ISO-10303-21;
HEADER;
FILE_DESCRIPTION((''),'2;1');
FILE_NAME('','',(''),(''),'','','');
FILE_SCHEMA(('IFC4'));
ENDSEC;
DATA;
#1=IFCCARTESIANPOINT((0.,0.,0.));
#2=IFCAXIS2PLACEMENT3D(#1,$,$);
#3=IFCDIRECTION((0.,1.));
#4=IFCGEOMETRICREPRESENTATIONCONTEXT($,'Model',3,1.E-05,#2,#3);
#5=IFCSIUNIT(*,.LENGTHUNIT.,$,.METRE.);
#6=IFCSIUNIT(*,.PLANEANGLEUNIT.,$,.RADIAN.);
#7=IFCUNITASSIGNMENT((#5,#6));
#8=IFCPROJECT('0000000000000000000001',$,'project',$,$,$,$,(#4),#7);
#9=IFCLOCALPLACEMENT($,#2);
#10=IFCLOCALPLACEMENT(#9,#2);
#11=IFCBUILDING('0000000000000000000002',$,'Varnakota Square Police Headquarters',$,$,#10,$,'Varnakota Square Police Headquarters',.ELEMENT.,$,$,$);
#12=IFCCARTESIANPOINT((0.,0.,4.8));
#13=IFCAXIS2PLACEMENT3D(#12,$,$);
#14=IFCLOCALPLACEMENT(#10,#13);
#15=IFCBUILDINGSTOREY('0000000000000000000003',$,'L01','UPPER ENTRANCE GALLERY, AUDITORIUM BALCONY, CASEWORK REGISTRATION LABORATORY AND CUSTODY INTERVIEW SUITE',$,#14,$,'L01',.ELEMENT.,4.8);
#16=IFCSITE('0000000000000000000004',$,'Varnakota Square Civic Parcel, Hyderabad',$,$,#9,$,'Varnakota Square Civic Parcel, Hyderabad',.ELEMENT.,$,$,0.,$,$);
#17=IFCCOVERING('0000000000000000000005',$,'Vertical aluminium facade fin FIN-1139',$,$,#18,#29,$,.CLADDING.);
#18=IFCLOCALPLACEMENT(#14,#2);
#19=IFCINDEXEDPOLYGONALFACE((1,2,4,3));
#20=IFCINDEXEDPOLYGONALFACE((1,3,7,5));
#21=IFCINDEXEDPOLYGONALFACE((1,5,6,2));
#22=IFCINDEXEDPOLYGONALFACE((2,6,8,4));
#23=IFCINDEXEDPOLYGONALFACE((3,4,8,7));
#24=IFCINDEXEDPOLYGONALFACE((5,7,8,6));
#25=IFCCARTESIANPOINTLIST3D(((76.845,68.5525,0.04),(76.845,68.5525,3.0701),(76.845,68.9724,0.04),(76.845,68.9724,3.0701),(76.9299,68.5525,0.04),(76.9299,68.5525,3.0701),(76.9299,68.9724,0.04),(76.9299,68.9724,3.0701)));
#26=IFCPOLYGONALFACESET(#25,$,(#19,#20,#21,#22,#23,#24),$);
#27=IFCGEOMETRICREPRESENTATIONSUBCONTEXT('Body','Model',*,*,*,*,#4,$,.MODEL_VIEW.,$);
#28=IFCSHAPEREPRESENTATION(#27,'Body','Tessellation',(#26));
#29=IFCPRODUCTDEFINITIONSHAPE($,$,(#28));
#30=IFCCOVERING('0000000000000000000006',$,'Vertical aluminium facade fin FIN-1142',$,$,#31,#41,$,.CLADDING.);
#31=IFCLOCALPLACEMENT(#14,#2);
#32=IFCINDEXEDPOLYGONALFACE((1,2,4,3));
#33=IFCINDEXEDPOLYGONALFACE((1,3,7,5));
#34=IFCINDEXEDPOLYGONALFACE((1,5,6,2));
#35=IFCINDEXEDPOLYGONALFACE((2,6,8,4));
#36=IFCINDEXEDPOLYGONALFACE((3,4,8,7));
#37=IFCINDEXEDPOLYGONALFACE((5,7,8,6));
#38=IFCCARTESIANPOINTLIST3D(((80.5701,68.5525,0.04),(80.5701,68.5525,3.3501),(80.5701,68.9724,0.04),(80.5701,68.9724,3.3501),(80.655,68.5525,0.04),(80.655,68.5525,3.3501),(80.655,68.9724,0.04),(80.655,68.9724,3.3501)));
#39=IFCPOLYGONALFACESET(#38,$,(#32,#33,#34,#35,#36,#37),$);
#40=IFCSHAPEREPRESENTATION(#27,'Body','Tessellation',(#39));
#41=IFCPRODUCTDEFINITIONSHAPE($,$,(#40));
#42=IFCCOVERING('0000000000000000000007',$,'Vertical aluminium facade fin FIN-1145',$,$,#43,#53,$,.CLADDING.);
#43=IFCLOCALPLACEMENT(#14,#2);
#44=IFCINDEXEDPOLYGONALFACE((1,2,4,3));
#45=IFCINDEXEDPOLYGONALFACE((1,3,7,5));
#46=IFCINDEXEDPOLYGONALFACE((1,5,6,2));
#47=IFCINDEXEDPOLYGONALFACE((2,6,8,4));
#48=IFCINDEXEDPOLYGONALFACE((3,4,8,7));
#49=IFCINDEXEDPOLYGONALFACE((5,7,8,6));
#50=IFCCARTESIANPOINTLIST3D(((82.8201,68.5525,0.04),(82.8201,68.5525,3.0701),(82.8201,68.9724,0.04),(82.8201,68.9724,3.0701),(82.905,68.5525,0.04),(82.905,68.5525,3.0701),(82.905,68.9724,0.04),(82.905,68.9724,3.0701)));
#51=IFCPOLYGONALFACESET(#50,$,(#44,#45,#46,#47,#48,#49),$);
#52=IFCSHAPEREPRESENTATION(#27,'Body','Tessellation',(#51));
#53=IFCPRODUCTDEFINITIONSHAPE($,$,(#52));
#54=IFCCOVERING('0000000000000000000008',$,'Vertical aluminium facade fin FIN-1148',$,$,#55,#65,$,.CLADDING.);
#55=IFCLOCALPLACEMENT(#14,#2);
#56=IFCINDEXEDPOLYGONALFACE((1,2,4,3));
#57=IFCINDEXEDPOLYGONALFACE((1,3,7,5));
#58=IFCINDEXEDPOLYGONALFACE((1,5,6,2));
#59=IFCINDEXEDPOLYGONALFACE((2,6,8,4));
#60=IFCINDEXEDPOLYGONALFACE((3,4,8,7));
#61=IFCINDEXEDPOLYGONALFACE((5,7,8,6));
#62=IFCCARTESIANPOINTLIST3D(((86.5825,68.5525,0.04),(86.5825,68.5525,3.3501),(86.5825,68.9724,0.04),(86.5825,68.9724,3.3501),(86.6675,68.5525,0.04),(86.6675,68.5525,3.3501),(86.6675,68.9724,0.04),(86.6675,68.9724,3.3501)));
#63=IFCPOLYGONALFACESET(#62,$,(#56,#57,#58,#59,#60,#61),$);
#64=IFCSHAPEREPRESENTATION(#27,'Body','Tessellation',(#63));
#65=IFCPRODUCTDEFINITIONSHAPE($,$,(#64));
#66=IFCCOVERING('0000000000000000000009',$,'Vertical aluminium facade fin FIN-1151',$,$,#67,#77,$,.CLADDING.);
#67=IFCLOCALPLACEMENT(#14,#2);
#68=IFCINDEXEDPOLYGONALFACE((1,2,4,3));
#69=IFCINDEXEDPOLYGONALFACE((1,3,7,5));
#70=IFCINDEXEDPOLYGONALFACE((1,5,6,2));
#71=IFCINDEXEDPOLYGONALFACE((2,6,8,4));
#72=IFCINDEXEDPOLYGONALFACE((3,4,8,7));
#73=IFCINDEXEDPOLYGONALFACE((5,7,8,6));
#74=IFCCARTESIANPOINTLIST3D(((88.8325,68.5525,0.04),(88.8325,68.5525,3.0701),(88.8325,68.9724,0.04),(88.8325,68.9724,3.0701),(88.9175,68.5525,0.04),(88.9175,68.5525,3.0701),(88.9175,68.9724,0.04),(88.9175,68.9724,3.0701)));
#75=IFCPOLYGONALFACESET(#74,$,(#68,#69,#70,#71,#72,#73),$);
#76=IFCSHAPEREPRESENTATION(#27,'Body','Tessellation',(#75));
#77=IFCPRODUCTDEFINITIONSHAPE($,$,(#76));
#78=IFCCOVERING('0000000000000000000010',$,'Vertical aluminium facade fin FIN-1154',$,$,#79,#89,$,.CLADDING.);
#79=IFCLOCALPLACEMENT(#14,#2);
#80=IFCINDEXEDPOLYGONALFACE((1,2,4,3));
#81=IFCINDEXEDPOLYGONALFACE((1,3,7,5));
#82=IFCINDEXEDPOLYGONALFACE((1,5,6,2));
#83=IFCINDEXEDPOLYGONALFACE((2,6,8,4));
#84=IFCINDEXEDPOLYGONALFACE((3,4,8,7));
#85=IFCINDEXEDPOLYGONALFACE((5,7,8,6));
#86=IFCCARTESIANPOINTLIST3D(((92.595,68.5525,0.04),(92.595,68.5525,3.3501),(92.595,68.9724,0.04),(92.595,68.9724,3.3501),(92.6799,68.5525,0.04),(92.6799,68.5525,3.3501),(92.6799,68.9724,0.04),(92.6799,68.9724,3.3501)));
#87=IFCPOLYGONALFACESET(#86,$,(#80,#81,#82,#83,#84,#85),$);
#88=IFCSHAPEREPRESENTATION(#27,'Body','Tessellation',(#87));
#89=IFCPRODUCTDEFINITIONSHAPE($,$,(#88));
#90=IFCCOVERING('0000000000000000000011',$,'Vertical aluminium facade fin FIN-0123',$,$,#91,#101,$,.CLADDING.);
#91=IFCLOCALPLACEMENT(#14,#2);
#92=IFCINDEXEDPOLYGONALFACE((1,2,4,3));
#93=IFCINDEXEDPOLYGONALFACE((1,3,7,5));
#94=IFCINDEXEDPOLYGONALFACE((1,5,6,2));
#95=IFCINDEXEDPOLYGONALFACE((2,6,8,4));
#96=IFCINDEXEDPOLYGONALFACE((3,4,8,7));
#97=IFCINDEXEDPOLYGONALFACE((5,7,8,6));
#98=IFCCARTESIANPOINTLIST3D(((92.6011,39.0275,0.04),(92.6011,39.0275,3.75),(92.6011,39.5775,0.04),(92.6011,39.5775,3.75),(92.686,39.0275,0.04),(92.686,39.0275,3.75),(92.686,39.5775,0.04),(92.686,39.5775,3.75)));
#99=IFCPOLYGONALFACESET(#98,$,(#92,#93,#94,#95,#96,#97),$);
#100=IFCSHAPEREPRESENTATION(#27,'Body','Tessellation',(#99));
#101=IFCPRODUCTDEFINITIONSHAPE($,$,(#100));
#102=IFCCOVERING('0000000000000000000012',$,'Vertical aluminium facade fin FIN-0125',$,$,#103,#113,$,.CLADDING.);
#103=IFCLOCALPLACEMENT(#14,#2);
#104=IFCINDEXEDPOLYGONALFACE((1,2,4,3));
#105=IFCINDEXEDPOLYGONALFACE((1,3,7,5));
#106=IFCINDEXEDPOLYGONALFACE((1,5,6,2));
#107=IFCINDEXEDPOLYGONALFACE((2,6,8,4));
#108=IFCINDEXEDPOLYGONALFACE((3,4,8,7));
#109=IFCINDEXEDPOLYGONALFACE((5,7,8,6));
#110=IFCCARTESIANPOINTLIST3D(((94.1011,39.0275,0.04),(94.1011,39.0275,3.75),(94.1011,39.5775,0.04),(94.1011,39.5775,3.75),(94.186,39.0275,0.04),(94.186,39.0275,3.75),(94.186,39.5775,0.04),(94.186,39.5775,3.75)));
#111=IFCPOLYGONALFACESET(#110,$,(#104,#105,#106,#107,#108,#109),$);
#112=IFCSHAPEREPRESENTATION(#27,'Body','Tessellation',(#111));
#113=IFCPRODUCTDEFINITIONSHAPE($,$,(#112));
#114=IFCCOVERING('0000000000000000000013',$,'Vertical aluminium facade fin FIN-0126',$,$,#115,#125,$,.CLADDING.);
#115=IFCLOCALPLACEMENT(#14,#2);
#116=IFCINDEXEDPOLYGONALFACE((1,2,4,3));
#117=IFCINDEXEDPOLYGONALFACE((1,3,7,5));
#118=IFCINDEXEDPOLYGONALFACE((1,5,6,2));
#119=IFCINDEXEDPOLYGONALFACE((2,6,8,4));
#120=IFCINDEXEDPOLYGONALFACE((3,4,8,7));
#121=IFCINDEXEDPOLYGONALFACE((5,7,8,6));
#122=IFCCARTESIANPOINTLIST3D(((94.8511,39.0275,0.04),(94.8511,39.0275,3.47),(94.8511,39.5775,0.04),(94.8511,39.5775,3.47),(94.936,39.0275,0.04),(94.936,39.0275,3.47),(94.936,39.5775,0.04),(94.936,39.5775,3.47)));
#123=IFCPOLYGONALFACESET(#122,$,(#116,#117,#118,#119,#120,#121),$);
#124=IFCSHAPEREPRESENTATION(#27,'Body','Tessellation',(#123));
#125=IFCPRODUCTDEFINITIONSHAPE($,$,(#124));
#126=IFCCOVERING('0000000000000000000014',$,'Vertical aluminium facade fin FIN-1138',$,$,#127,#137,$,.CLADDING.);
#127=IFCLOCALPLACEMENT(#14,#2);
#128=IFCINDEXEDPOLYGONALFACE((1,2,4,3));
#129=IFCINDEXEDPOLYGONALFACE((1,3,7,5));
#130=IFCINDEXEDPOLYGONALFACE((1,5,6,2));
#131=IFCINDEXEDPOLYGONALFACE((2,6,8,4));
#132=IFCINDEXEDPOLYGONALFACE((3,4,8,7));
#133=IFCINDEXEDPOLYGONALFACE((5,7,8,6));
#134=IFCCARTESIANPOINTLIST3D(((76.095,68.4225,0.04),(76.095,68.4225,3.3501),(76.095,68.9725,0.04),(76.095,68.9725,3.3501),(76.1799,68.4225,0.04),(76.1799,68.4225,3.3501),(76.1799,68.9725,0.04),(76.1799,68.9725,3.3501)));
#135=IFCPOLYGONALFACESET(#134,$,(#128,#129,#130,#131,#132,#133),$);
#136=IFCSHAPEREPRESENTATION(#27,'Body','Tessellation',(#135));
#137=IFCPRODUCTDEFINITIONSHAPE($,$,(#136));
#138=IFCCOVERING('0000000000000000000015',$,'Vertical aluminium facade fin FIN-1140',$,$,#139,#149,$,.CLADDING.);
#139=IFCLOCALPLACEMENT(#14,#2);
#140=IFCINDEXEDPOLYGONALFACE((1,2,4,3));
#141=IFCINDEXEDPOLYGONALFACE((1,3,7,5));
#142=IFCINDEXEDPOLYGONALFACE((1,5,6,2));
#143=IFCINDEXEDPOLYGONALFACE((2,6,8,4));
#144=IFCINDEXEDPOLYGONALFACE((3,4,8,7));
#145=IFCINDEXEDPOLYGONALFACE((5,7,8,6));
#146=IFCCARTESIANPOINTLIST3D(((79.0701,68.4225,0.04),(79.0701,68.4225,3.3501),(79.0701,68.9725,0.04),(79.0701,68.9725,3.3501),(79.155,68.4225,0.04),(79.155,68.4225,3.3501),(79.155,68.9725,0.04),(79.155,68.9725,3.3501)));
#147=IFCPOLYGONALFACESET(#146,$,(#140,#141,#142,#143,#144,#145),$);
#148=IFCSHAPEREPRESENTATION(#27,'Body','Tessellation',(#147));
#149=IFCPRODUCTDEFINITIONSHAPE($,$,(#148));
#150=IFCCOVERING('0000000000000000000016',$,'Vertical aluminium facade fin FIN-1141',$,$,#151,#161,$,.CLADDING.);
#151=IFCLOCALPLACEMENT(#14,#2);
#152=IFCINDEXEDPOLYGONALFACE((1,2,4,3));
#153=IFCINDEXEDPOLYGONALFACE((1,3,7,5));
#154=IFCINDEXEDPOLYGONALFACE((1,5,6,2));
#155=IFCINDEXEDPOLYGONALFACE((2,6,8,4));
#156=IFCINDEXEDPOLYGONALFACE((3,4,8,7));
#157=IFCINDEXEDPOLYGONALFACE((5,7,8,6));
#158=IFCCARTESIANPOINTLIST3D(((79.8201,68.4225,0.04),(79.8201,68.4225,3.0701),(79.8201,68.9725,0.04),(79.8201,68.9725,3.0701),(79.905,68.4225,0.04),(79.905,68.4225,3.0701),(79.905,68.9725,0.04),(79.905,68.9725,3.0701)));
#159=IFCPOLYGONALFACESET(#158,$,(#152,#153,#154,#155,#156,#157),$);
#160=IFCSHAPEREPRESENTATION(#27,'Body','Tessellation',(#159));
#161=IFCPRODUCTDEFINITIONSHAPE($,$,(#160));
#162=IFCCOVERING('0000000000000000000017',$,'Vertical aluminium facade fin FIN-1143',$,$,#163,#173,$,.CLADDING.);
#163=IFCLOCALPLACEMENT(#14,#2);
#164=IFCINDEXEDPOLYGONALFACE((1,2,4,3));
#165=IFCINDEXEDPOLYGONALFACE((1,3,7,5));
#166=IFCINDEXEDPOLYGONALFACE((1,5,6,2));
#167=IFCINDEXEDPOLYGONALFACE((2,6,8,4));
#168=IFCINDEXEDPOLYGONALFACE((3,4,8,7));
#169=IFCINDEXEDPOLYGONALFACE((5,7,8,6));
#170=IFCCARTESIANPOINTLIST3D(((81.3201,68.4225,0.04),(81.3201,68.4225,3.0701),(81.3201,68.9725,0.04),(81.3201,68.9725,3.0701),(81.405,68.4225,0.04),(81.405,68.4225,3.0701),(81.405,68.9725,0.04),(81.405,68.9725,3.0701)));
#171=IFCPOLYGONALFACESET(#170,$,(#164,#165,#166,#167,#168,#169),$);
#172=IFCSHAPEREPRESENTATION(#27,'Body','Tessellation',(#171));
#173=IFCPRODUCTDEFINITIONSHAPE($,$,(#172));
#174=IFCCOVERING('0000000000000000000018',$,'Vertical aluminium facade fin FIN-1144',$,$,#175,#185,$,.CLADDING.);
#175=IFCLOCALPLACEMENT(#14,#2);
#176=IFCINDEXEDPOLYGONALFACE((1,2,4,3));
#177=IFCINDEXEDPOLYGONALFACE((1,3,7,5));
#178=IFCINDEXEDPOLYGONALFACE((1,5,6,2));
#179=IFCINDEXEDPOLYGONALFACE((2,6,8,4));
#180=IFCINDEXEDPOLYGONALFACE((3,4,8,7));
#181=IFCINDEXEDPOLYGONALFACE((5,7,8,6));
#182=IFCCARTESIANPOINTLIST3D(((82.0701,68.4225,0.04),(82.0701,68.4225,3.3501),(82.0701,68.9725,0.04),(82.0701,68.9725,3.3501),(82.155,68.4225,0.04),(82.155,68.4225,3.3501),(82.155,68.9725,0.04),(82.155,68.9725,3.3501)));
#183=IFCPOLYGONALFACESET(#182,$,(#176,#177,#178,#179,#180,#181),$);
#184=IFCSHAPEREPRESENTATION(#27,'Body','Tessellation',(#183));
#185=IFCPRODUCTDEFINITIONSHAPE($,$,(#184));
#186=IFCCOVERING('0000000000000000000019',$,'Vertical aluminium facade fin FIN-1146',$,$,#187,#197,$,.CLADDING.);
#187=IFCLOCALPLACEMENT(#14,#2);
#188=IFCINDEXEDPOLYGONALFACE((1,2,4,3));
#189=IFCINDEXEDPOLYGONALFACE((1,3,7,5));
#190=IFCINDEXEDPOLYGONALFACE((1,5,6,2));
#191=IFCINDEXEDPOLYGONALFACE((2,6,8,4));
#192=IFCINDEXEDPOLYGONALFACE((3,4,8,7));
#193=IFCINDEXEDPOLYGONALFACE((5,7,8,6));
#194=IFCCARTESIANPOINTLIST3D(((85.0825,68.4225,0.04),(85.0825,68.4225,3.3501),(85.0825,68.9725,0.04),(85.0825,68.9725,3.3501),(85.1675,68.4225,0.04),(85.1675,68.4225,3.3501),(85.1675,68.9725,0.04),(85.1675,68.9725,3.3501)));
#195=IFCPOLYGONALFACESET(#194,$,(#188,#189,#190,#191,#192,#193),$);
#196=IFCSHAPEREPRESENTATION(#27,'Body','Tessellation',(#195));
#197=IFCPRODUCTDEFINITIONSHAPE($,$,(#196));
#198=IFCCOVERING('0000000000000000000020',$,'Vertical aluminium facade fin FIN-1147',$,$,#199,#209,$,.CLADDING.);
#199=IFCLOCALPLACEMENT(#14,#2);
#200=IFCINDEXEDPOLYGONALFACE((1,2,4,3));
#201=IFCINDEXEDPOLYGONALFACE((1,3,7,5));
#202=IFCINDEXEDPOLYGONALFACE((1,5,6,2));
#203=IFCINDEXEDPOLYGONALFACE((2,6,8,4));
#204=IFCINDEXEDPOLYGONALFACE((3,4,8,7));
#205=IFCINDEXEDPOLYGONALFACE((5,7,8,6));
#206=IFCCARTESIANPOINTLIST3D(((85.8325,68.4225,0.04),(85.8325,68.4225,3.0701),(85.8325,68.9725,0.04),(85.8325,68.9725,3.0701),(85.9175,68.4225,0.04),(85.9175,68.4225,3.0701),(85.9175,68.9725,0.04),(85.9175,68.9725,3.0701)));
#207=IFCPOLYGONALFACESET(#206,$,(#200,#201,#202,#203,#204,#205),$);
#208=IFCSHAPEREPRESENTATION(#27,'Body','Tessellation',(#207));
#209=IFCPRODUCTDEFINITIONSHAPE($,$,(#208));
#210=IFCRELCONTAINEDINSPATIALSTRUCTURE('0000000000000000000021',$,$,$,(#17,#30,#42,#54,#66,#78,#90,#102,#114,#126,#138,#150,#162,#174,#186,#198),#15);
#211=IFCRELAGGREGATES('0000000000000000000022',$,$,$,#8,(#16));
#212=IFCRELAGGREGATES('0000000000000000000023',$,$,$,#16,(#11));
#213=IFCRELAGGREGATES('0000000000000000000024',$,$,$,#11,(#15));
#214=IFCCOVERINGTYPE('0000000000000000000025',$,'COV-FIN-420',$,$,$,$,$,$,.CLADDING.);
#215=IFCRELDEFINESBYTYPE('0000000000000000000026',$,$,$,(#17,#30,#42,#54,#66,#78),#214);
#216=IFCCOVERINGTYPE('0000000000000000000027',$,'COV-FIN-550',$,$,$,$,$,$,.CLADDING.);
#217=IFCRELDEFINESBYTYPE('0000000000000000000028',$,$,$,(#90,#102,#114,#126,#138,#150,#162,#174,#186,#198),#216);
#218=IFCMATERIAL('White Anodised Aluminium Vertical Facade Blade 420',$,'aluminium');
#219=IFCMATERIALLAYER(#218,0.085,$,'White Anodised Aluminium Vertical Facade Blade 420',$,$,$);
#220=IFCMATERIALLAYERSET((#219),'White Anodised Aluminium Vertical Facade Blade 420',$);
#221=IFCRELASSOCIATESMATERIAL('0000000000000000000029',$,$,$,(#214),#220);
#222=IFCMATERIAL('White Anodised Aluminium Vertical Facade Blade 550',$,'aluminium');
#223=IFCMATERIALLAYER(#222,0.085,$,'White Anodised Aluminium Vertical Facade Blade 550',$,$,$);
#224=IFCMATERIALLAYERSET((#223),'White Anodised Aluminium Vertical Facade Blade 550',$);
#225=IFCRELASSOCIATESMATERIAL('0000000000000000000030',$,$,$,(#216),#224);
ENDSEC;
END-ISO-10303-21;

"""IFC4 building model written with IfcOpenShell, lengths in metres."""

from ifc_helpers import new_model, si_unit, direction, frame, origin, origin_2d, place, context, subcontext, project, spatial, rectangle, extrude, material, layer, layer_set, type_object, element, save


model = new_model("IFC4")

# Units and contexts
model_context = context("Model", 3, precision=1e-05, world=origin(), true_north=direction((0.0, 1.0)))
body_context = subcontext(model_context, "Body", "Model", "MODEL_VIEW")
ifc_project = project(units=[si_unit("LENGTHUNIT", "METRE"), si_unit("PLANEANGLEUNIT", "RADIAN")], contexts=[model_context])

# Site, building, storey
site_placement = place(None, origin())
site = spatial("IfcSite", under=ifc_project, at=site_placement, Name="Varnakota Square Civic Parcel, Hyderabad", LongName="Varnakota Square Civic Parcel, Hyderabad", CompositionType="ELEMENT", RefElevation=0.0)
building_placement = place(site_placement, origin())
building = spatial("IfcBuilding", under=site, at=building_placement, Name="Varnakota Square Police Headquarters", LongName="Varnakota Square Police Headquarters", CompositionType="ELEMENT")
storey_placement = place(building_placement, frame((0.0, 0.0, 4.8)))
storey = spatial("IfcBuildingStorey", under=building, at=storey_placement, Name="L01", Description="UPPER ENTRANCE GALLERY, AUDITORIUM BALCONY, CASEWORK REGISTRATION LABORATORY AND CUSTODY INTERVIEW SUITE", LongName="L01", CompositionType="ELEMENT", Elevation=4.8)

# Coverings
ifc_material_1 = material(Name="White Anodised Aluminium Vertical Facade Blade 420", Category="aluminium")
ifc_layer_1 = layer(ifc_material_1, 0.085, Name="White Anodised Aluminium Vertical Facade Blade 420")
ifc_layer_set_1 = layer_set([ifc_layer_1], Name="White Anodised Aluminium Vertical Facade Blade 420")
covering_type_1 = type_object("IfcCoveringType", Name="COV-FIN-420", PredefinedType="CLADDING", material=ifc_layer_set_1)
covering_1_placement = place(storey_placement, frame((76.8875, 68.7625, 0.04), z_axis=(0.0, 0.0, 1.0), x_axis=(1.0, 0.0, 0.0)))
element("IfcCovering", 1, at=covering_1_placement, inside=storey, type_object=covering_type_1, Name="Vertical aluminium facade fin FIN-1139", PredefinedType="CLADDING", context=body_context, shape_type="SweptSolid", body=[
    extrude(rectangle(XDim=0.085, YDim=0.4199, at=origin_2d()), origin(), (0.0, 0.0, 1.0), 3.03),
])
covering_2_placement = place(storey_placement, frame((80.6125, 68.7625, 0.04), z_axis=(0.0, 0.0, 1.0), x_axis=(1.0, 0.0, 0.0)))
element("IfcCovering", 2, at=covering_2_placement, inside=storey, type_object=covering_type_1, Name="Vertical aluminium facade fin FIN-1142", PredefinedType="CLADDING", context=body_context, shape_type="SweptSolid", body=[
    extrude(rectangle(XDim=0.085, YDim=0.4199, at=origin_2d()), origin(), (0.0, 0.0, 1.0), 3.3101),
])
covering_3_placement = place(storey_placement, frame((82.8625, 68.7625, 0.04), z_axis=(0.0, 0.0, 1.0), x_axis=(1.0, 0.0, 0.0)))
element("IfcCovering", 3, at=covering_3_placement, inside=storey, type_object=covering_type_1, Name="Vertical aluminium facade fin FIN-1145", PredefinedType="CLADDING", context=body_context, shape_type="SweptSolid", body=[
    extrude(rectangle(XDim=0.085, YDim=0.4199, at=origin_2d()), origin(), (0.0, 0.0, 1.0), 3.03),
])
covering_4_placement = place(storey_placement, frame((86.625, 68.7625, 0.04), z_axis=(0.0, 0.0, 1.0), x_axis=(1.0, 0.0, 0.0)))
element("IfcCovering", 4, at=covering_4_placement, inside=storey, type_object=covering_type_1, Name="Vertical aluminium facade fin FIN-1148", PredefinedType="CLADDING", context=body_context, shape_type="SweptSolid", body=[
    extrude(rectangle(XDim=0.085, YDim=0.4199, at=origin_2d()), origin(), (0.0, 0.0, 1.0), 3.3101),
])
covering_5_placement = place(storey_placement, frame((88.875, 68.7625, 0.04), z_axis=(0.0, 0.0, 1.0), x_axis=(1.0, 0.0, 0.0)))
element("IfcCovering", 5, at=covering_5_placement, inside=storey, type_object=covering_type_1, Name="Vertical aluminium facade fin FIN-1151", PredefinedType="CLADDING", context=body_context, shape_type="SweptSolid", body=[
    extrude(rectangle(XDim=0.085, YDim=0.4199, at=origin_2d()), origin(), (0.0, 0.0, 1.0), 3.03),
])
covering_6_placement = place(storey_placement, frame((92.6375, 68.7625, 0.04), z_axis=(0.0, 0.0, 1.0), x_axis=(1.0, 0.0, 0.0)))
element("IfcCovering", 6, at=covering_6_placement, inside=storey, type_object=covering_type_1, Name="Vertical aluminium facade fin FIN-1154", PredefinedType="CLADDING", context=body_context, shape_type="SweptSolid", body=[
    extrude(rectangle(XDim=0.085, YDim=0.4199, at=origin_2d()), origin(), (0.0, 0.0, 1.0), 3.3101),
])
ifc_material_2 = material(Name="White Anodised Aluminium Vertical Facade Blade 550", Category="aluminium")
ifc_layer_2 = layer(ifc_material_2, 0.085, Name="White Anodised Aluminium Vertical Facade Blade 550")
ifc_layer_set_2 = layer_set([ifc_layer_2], Name="White Anodised Aluminium Vertical Facade Blade 550")
covering_type_2 = type_object("IfcCoveringType", Name="COV-FIN-550", PredefinedType="CLADDING", material=ifc_layer_set_2)
for number, where, z_axis, x_axis, name in (
    (7, (92.6436, 39.3025, 0.04), (0.0, 0.0, 1.0), (1.0, 0.0, 0.0), "Vertical aluminium facade fin FIN-0123"),
    (8, (94.1436, 39.3025, 0.04), (0.0, 0.0, 1.0), (1.0, 0.0, 0.0), "Vertical aluminium facade fin FIN-0125"),
):
    element("IfcCovering", number, at=place(storey_placement, frame(where, z_axis=z_axis, x_axis=x_axis)), inside=storey, type_object=covering_type_2, Name=name, PredefinedType="CLADDING", context=body_context, shape_type="SweptSolid", body=[
        extrude(rectangle(XDim=0.085, YDim=0.55, at=origin_2d()), origin(), (0.0, 0.0, 1.0), 3.71),
    ])
covering_7_placement = place(storey_placement, frame((94.8936, 39.3025, 0.04), z_axis=(0.0, 0.0, 1.0), x_axis=(1.0, 0.0, 0.0)))
element("IfcCovering", 9, at=covering_7_placement, inside=storey, type_object=covering_type_2, Name="Vertical aluminium facade fin FIN-0126", PredefinedType="CLADDING", context=body_context, shape_type="SweptSolid", body=[
    extrude(rectangle(XDim=0.085, YDim=0.55, at=origin_2d()), origin(), (0.0, 0.0, 1.0), 3.4299),
])
for number, where, z_axis, x_axis, name in (
    (10, (76.1375, 68.6975, 0.04), (0.0, 0.0, 1.0), (1.0, 0.0, 0.0), "Vertical aluminium facade fin FIN-1138"),
    (11, (79.1125, 68.6975, 0.04), (0.0, 0.0, 1.0), (1.0, 0.0, 0.0), "Vertical aluminium facade fin FIN-1140"),
):
    element("IfcCovering", number, at=place(storey_placement, frame(where, z_axis=z_axis, x_axis=x_axis)), inside=storey, type_object=covering_type_2, Name=name, PredefinedType="CLADDING", context=body_context, shape_type="SweptSolid", body=[
        extrude(rectangle(XDim=0.085, YDim=0.55, at=origin_2d()), origin(), (0.0, 0.0, 1.0), 3.3101),
    ])
for number, where, z_axis, x_axis, name in (
    (12, (79.8625, 68.6975, 0.04), (0.0, 0.0, 1.0), (1.0, 0.0, 0.0), "Vertical aluminium facade fin FIN-1141"),
    (13, (81.3625, 68.6975, 0.04), (0.0, 0.0, 1.0), (1.0, 0.0, 0.0), "Vertical aluminium facade fin FIN-1143"),
):
    element("IfcCovering", number, at=place(storey_placement, frame(where, z_axis=z_axis, x_axis=x_axis)), inside=storey, type_object=covering_type_2, Name=name, PredefinedType="CLADDING", context=body_context, shape_type="SweptSolid", body=[
        extrude(rectangle(XDim=0.085, YDim=0.55, at=origin_2d()), origin(), (0.0, 0.0, 1.0), 3.03),
    ])
for number, where, z_axis, x_axis, name in (
    (14, (82.1125, 68.6975, 0.04), (0.0, 0.0, 1.0), (1.0, 0.0, 0.0), "Vertical aluminium facade fin FIN-1144"),
    (15, (85.125, 68.6975, 0.04), (0.0, 0.0, 1.0), (1.0, 0.0, 0.0), "Vertical aluminium facade fin FIN-1146"),
):
    element("IfcCovering", number, at=place(storey_placement, frame(where, z_axis=z_axis, x_axis=x_axis)), inside=storey, type_object=covering_type_2, Name=name, PredefinedType="CLADDING", context=body_context, shape_type="SweptSolid", body=[
        extrude(rectangle(XDim=0.085, YDim=0.55, at=origin_2d()), origin(), (0.0, 0.0, 1.0), 3.3101),
    ])
for number, where, z_axis, x_axis, name in (
    (16, (85.875, 68.6975, 0.04), (0.0, 0.0, 1.0), (1.0, 0.0, 0.0), "Vertical aluminium facade fin FIN-1147"),
):
    element("IfcCovering", number, at=place(storey_placement, frame(where, z_axis=z_axis, x_axis=x_axis)), inside=storey, type_object=covering_type_2, Name=name, PredefinedType="CLADDING", context=body_context, shape_type="SweptSolid", body=[
        extrude(rectangle(XDim=0.085, YDim=0.55, at=origin_2d()), origin(), (0.0, 0.0, 1.0), 3.03),
    ])

save(model, "model.ifc")
